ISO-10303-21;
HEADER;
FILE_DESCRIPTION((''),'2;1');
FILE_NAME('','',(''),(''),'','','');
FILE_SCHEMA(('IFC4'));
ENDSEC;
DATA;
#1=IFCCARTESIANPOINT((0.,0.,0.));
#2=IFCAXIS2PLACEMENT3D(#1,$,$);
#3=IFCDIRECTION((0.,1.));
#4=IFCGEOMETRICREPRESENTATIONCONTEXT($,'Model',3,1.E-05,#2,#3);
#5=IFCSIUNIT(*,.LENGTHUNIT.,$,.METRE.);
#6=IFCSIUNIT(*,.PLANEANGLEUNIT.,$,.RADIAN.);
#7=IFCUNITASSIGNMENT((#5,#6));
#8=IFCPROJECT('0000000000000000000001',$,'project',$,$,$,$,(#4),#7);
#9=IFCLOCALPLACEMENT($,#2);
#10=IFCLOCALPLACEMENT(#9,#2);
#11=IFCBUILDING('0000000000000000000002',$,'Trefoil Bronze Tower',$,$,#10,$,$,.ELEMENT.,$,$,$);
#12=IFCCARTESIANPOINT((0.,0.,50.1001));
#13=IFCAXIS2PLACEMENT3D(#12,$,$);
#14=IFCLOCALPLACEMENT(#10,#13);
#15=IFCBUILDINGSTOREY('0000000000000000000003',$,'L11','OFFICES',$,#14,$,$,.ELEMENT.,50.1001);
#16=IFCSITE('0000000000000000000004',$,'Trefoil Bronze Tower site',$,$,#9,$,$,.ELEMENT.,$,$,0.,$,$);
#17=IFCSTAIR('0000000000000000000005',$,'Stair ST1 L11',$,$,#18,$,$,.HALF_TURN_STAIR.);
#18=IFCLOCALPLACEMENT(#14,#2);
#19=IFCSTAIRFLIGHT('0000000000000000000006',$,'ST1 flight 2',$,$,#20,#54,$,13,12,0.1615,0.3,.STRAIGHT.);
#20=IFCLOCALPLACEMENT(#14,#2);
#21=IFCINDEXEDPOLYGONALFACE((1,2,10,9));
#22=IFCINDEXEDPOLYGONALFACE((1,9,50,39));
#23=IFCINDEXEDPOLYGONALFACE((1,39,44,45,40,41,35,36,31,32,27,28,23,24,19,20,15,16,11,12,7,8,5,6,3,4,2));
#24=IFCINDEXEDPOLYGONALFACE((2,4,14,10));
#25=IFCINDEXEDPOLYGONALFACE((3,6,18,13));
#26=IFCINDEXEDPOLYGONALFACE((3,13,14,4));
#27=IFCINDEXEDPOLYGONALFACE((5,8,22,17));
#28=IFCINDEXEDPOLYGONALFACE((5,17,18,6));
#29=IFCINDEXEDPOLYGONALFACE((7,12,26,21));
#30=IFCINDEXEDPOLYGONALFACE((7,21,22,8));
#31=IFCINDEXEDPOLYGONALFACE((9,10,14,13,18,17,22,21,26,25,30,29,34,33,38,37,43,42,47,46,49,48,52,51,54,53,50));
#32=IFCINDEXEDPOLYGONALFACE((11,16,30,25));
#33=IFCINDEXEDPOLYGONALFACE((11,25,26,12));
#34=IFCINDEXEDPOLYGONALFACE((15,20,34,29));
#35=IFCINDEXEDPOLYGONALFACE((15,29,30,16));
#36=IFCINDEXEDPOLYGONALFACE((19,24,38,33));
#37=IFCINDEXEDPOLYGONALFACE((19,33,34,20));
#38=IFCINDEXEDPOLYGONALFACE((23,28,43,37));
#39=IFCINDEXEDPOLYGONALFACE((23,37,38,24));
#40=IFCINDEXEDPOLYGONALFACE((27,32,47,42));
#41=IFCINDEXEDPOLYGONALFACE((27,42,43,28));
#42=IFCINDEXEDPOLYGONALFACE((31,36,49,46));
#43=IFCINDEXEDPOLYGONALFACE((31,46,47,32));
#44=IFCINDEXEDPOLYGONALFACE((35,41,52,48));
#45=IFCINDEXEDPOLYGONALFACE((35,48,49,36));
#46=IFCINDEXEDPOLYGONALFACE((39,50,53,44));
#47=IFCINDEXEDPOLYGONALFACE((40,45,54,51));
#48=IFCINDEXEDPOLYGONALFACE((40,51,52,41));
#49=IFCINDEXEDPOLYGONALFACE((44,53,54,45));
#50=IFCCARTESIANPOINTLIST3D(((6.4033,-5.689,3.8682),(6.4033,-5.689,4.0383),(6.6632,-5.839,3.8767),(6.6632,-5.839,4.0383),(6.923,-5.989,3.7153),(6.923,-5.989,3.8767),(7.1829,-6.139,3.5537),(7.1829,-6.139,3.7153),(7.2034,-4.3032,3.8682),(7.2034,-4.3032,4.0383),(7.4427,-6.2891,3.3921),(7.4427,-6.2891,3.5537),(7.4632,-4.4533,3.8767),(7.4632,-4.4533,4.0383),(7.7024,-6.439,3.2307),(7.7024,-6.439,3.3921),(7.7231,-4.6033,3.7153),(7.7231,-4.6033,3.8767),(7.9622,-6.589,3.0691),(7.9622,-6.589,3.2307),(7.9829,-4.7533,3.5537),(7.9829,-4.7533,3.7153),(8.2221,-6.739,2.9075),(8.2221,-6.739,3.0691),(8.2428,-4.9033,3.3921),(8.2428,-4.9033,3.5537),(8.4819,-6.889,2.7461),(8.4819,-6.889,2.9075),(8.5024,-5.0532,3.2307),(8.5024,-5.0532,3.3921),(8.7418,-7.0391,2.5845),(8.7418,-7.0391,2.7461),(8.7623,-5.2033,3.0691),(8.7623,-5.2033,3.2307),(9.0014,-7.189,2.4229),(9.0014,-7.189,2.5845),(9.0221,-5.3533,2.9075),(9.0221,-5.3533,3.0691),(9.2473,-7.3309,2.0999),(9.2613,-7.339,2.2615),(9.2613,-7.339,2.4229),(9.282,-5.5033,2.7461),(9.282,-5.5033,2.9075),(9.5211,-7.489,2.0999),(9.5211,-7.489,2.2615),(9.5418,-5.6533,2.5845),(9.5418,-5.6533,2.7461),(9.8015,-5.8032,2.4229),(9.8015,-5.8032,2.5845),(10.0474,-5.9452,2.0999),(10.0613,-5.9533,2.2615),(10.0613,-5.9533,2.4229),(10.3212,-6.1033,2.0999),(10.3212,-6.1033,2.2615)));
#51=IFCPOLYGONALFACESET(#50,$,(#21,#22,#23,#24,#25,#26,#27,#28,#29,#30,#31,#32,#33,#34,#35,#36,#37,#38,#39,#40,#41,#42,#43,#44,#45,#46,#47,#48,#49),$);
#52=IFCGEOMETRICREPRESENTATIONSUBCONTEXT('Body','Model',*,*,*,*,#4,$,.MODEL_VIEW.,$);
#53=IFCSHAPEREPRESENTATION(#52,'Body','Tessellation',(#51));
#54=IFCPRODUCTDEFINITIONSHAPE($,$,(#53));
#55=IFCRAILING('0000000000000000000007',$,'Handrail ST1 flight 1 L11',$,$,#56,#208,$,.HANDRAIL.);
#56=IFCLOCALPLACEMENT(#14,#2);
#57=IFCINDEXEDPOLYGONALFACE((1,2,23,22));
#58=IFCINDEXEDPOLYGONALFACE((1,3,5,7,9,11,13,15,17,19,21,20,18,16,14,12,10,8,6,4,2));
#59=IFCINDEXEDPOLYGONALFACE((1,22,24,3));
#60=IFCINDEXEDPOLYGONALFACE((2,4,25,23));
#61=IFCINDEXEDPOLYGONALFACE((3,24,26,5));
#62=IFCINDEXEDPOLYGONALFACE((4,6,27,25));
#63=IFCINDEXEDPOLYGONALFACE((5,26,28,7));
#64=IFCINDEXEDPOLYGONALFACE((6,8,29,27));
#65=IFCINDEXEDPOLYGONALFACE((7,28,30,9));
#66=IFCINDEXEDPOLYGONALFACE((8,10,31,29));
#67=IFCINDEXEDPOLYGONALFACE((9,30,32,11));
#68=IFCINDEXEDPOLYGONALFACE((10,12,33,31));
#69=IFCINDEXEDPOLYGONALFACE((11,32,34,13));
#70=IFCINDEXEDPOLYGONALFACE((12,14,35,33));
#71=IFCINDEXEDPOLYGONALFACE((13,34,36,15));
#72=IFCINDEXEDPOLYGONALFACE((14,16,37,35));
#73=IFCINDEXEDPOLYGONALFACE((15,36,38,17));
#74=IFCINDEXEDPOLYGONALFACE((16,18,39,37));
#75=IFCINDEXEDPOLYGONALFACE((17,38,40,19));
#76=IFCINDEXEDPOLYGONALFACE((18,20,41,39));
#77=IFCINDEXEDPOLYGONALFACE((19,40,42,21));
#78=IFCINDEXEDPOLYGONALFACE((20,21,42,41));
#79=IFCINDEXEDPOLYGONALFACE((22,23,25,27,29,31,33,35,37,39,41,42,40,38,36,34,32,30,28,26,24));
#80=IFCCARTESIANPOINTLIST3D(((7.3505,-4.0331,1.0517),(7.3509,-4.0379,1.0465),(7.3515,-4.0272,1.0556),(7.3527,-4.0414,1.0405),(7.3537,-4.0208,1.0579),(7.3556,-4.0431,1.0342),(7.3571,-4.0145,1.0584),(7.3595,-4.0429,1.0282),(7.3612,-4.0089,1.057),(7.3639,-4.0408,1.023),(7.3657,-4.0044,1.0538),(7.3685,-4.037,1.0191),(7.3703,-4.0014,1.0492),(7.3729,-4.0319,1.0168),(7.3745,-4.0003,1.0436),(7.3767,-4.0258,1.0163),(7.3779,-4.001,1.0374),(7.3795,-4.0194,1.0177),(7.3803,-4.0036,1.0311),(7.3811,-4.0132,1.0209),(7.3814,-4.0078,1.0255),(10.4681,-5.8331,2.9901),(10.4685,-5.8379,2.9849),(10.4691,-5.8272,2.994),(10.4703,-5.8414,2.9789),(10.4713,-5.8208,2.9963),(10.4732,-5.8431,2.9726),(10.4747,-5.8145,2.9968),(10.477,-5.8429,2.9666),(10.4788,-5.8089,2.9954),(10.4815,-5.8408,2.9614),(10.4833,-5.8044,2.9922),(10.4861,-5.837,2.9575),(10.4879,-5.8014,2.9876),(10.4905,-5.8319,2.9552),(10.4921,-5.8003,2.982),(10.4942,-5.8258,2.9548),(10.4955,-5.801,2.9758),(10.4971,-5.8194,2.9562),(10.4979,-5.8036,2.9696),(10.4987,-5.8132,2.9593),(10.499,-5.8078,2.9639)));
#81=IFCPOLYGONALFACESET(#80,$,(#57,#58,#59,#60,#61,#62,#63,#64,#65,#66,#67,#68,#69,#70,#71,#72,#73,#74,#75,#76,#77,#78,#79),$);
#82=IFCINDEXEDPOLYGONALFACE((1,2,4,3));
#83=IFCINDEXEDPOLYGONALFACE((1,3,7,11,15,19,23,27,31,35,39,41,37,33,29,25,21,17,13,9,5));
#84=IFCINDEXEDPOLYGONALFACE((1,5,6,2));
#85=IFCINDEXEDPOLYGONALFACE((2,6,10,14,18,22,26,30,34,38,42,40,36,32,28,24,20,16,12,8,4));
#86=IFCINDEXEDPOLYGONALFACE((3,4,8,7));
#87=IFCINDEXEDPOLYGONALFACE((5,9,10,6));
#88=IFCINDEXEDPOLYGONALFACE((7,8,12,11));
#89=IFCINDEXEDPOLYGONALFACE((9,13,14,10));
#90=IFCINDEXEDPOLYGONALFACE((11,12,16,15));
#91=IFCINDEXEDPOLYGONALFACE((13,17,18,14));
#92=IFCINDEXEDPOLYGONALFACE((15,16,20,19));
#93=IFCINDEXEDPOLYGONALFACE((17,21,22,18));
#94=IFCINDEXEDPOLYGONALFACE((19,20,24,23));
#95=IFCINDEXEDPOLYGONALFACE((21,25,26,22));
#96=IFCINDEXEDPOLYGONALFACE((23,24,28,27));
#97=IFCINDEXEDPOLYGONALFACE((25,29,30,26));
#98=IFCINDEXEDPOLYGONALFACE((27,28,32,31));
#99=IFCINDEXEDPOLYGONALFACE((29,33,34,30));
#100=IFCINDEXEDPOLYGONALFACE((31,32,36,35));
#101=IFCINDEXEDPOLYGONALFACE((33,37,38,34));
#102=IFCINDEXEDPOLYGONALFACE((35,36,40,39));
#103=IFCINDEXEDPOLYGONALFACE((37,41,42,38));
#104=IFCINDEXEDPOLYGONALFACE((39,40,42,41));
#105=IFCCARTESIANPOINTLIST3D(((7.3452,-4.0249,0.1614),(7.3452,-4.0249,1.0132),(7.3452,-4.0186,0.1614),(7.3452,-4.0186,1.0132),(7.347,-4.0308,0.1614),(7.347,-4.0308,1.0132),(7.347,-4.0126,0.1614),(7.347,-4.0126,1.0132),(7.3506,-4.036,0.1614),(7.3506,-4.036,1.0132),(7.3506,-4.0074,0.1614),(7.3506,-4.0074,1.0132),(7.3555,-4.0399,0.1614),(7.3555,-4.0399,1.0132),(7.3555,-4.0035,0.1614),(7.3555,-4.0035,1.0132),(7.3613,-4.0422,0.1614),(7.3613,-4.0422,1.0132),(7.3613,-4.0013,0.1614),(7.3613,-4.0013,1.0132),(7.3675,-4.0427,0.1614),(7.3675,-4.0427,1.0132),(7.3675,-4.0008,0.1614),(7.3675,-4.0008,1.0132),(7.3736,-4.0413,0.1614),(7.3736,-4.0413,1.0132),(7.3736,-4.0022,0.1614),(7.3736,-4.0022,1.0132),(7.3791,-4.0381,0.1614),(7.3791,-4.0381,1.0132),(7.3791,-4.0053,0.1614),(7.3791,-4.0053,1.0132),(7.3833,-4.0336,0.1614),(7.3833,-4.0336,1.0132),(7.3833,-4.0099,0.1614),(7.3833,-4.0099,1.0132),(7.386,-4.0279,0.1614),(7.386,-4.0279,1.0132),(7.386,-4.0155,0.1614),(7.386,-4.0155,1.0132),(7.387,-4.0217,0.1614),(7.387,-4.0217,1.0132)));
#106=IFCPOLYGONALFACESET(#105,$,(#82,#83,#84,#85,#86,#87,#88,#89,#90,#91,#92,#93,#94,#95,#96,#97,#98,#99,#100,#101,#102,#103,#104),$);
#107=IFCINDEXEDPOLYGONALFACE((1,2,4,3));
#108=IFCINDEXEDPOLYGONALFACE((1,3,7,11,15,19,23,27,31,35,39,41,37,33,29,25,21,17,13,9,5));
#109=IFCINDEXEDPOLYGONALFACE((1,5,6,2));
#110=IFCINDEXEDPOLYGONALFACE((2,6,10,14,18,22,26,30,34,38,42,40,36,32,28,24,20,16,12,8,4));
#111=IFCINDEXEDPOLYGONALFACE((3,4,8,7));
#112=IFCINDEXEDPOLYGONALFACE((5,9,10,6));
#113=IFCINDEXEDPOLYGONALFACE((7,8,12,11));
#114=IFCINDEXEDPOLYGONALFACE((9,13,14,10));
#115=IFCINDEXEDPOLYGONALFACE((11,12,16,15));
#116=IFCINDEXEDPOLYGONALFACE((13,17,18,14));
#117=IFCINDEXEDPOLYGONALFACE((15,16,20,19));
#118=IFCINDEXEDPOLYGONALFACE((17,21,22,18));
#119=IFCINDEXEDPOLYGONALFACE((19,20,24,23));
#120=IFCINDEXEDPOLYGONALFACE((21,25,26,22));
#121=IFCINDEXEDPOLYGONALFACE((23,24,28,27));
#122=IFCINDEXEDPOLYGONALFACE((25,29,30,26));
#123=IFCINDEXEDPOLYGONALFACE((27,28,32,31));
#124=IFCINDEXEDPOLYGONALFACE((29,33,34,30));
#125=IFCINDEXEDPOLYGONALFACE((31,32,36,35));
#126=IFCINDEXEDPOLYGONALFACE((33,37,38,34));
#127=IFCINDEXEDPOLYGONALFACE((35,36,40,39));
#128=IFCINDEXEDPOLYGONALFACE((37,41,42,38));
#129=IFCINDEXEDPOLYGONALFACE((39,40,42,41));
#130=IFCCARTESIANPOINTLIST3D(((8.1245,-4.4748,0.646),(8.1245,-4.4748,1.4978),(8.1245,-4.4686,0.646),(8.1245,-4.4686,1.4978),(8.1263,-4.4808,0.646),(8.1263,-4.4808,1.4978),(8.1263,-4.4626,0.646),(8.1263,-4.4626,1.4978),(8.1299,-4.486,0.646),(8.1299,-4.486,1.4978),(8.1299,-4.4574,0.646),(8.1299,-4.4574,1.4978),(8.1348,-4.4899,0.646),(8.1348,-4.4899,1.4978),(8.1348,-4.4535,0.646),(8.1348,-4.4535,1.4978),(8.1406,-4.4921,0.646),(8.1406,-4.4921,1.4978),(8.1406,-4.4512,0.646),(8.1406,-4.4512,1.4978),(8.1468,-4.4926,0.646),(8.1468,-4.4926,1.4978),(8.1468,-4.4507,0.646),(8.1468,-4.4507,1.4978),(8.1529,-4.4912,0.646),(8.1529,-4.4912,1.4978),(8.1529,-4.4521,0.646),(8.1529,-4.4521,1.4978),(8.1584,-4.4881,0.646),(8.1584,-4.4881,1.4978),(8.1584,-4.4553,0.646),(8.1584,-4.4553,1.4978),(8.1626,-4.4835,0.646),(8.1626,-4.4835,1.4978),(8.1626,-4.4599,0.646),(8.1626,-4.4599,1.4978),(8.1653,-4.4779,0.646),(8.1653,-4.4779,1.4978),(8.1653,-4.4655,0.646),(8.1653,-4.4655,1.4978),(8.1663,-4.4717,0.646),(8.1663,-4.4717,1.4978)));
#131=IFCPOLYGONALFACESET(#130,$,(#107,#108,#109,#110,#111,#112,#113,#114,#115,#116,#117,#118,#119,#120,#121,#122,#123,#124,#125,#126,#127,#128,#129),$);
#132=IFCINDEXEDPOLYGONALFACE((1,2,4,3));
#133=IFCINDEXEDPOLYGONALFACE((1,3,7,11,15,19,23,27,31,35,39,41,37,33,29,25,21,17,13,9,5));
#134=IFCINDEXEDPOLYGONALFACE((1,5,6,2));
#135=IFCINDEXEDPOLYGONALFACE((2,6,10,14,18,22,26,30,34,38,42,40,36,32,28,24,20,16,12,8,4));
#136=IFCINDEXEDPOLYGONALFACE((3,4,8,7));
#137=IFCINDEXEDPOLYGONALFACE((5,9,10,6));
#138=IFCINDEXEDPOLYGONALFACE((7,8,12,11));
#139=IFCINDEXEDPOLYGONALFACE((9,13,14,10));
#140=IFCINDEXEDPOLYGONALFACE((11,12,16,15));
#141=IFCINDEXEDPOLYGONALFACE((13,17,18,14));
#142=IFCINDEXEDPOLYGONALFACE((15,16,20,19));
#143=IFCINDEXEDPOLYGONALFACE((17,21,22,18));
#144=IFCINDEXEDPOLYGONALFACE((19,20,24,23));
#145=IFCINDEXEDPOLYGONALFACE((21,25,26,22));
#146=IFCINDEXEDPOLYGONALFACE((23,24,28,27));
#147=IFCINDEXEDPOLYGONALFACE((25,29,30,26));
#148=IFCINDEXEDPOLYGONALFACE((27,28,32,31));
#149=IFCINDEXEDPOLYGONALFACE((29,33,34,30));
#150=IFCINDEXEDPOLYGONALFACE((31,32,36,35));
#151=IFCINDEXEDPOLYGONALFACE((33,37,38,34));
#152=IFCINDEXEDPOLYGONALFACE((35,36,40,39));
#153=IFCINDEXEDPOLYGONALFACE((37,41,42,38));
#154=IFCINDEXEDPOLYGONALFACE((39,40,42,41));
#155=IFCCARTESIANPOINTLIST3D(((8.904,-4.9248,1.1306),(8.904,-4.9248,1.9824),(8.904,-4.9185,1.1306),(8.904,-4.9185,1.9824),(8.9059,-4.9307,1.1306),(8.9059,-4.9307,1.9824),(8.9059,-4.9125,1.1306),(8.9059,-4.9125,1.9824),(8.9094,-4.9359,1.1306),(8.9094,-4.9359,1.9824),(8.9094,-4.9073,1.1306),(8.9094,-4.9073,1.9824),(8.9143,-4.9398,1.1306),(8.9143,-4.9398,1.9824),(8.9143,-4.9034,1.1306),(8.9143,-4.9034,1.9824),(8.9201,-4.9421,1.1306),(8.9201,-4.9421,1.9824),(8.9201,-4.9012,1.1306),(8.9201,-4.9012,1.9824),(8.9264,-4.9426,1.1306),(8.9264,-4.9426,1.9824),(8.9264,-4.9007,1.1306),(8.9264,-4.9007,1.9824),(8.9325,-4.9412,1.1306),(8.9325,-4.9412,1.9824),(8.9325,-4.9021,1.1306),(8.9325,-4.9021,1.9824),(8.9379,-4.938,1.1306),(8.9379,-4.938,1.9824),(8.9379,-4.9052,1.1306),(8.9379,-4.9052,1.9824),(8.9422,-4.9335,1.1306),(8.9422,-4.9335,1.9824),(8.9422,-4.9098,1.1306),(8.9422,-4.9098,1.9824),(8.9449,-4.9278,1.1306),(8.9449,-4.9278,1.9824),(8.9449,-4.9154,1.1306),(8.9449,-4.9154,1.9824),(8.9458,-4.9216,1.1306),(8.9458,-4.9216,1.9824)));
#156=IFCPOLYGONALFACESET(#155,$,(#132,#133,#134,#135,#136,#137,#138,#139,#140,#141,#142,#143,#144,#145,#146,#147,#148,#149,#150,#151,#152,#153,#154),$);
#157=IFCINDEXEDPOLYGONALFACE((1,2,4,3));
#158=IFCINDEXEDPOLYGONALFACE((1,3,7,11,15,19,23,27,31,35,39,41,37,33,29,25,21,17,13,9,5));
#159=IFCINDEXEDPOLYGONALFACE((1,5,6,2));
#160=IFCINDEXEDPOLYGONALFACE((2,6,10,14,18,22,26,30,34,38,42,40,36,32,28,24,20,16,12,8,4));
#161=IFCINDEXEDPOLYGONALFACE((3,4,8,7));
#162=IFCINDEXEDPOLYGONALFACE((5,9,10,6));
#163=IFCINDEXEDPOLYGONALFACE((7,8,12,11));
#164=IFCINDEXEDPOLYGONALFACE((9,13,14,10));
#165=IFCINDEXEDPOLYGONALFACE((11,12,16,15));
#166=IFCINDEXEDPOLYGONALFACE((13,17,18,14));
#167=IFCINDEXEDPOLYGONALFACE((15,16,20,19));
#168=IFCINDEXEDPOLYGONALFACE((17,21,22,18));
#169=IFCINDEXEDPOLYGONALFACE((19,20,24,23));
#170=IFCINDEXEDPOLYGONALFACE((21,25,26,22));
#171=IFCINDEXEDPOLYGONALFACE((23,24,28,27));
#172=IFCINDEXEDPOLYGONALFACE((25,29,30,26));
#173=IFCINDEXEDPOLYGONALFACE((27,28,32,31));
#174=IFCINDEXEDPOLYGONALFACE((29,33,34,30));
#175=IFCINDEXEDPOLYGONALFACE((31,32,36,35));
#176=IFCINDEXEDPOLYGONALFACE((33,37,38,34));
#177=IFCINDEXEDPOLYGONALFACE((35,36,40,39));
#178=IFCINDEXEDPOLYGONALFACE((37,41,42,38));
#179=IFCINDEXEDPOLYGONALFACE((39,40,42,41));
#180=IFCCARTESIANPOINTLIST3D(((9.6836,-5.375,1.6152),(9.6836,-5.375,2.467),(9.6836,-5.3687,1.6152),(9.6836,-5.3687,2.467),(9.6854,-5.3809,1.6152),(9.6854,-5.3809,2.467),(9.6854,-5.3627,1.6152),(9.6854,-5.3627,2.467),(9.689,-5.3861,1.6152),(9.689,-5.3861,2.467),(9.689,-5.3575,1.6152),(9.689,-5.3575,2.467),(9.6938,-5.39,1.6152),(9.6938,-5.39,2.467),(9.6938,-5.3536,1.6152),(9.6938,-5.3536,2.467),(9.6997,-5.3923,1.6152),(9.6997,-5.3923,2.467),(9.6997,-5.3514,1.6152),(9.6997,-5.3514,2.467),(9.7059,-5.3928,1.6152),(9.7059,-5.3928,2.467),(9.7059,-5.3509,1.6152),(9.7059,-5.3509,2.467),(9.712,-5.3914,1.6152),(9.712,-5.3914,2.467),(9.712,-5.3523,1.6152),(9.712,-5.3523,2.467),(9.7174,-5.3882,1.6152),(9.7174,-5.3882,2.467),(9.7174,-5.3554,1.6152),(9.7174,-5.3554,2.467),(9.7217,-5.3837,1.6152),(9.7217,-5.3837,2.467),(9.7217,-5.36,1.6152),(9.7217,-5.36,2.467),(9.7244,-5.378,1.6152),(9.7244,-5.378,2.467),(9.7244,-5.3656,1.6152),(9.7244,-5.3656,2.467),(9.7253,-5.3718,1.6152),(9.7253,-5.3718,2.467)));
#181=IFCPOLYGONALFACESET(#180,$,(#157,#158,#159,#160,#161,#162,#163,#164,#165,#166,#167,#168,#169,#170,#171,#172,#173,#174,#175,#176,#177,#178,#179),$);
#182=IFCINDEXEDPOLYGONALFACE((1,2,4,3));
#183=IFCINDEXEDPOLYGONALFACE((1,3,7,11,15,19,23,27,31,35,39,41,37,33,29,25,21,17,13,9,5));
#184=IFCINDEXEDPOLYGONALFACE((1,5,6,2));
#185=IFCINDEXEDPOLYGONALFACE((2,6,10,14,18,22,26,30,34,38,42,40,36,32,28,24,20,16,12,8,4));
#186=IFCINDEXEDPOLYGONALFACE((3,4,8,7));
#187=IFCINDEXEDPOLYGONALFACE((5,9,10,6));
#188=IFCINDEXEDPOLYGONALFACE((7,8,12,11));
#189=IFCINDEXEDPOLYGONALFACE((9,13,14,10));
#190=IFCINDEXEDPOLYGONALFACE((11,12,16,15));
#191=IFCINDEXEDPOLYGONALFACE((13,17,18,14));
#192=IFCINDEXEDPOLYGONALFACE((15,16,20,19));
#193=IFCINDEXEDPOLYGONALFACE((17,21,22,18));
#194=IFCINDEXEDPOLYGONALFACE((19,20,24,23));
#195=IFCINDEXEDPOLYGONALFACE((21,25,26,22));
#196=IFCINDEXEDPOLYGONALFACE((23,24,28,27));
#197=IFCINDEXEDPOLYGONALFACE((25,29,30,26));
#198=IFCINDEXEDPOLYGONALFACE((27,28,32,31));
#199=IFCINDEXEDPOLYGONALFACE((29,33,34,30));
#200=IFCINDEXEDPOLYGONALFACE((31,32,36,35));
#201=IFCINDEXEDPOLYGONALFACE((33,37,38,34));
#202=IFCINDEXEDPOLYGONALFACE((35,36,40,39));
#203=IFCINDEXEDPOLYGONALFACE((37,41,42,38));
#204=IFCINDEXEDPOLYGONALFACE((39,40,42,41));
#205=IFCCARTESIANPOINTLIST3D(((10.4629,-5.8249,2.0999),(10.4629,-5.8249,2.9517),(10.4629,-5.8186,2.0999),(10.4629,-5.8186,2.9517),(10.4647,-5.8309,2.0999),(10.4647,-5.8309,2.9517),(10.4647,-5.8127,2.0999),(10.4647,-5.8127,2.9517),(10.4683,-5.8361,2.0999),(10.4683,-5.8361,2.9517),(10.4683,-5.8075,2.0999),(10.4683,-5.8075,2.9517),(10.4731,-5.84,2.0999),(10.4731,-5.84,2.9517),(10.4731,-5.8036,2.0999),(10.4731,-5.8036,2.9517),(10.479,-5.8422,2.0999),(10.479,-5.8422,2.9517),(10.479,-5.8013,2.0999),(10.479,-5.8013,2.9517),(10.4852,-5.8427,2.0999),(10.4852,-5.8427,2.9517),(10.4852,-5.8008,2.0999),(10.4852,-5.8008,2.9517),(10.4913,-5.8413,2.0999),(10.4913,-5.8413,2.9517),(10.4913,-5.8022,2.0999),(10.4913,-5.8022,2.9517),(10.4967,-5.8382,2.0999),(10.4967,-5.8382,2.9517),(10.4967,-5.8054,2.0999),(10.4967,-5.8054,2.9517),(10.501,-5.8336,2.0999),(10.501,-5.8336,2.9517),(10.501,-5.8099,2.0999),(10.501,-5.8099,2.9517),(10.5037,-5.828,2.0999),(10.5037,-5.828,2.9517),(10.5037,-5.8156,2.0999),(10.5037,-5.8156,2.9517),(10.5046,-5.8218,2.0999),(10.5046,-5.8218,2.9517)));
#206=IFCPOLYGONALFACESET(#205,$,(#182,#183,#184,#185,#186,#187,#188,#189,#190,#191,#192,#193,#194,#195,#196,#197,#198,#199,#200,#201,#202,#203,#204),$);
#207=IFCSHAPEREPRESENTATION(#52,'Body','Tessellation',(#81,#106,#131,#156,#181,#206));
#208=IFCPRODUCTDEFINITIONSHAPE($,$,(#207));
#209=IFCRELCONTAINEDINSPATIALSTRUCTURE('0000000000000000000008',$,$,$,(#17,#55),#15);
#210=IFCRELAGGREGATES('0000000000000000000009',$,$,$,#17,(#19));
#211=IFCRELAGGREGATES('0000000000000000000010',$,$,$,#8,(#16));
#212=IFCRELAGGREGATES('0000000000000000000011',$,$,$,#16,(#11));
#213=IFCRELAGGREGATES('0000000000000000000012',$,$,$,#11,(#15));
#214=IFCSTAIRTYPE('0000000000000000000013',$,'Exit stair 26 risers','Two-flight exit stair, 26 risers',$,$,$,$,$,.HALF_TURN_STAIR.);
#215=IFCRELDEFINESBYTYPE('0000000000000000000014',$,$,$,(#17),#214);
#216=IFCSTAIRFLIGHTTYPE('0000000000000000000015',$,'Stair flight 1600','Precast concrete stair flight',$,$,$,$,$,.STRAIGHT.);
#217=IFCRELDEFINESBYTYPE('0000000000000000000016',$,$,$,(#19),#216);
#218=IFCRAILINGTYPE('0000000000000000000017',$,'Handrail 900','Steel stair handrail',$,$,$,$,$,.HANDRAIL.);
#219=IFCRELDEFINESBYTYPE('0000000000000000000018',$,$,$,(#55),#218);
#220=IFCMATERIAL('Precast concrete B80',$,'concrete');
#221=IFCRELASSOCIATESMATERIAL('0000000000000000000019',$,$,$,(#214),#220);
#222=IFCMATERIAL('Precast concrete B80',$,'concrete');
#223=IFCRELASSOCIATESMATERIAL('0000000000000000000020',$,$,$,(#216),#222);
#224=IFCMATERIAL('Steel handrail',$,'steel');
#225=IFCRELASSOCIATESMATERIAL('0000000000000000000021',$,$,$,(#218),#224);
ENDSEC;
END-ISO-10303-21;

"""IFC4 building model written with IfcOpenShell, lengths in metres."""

from ifc_helpers import new_model, si_unit, direction, frame, origin, origin_2d, place, context, subcontext, project, spatial, polyline, circle, outline, extrude, material, type_object, element, aggregate, save


model = new_model("IFC4")

# Units and contexts
model_context = context("Model", 3, precision=1e-05, world=origin(), true_north=direction((0.0, 1.0)))
body_context = subcontext(model_context, "Body", "Model", "MODEL_VIEW")
ifc_project = project(units=[si_unit("LENGTHUNIT", "METRE"), si_unit("PLANEANGLEUNIT", "RADIAN")], contexts=[model_context])

# Site, building, storey
site_placement = place(None, origin())
site = spatial("IfcSite", under=ifc_project, at=site_placement, Name="Trefoil Bronze Tower site", CompositionType="ELEMENT", RefElevation=0.0)
building_placement = place(site_placement, origin())
building = spatial("IfcBuilding", under=site, at=building_placement, Name="Trefoil Bronze Tower", CompositionType="ELEMENT")
storey_placement = place(building_placement, frame((0.0, 0.0, 50.1001)))
storey = spatial("IfcBuildingStorey", under=building, at=storey_placement, Name="L11", Description="OFFICES", CompositionType="ELEMENT", Elevation=50.1001)

# Stair, stair flight
ifc_material_1 = material(Name="Precast concrete B80", Category="concrete")
stair_type = type_object("IfcStairType", Name="Exit stair 26 risers", Description="Two-flight exit stair, 26 risers", PredefinedType="HALF_TURN_STAIR", material=ifc_material_1)
stair_placement = place(storey_placement, origin())
stair = element("IfcStair", 1, at=stair_placement, inside=storey, type_object=stair_type, Name="Stair ST1 L11", PredefinedType="HALF_TURN_STAIR")
ifc_material_2 = material(Name="Precast concrete B80", Category="concrete")
stair_flight_type = type_object("IfcStairFlightType", Name="Stair flight 1600", Description="Precast concrete stair flight", PredefinedType="STRAIGHT", material=ifc_material_2)
stair_flight_1_placement = place(storey_placement, frame((9.9211, -6.7961, 2.0999), z_axis=(0.0, 0.0, 1.0), x_axis=(-0.866025, 0.5, 0.0)))
stair_flight_1 = element("IfcStairFlight", 2, at=stair_flight_1_placement, type_object=stair_flight_type, Name="ST1 flight 2", NumberOfRisers=13, NumberOfTreads=12, PredefinedType="STRAIGHT", RiserHeight=0.1615, TreadLength=0.3, context=body_context, shape_type="SweptSolid", body=[
    extrude(outline(polyline([(0.0, 0.0), (0.0, 0.1616), (0.3, 0.1616), (0.3, 0.323), (0.6001, 0.323), (0.6001, 0.4846), (0.8999, 0.4846), (0.8999, 0.6462), (1.2, 0.6462), (1.2, 0.8076), (1.5, 0.8076), (1.5, 0.9692), (1.8, 0.9692), (1.8, 1.1309), (2.1001, 1.1309), (2.1001, 1.2922), (2.3999, 1.2922), (2.3999, 1.4539), (2.7, 1.4539), (2.7, 1.6155), (3.0, 1.6155), (3.0, 1.7769), (3.3, 1.7769), (3.3, 1.9385), (3.6001, 1.9385), (3.6001, 2.1001), (3.6001, 1.7683), (0.3162, 0.0), (0.0, 0.0)])), frame((0.0, 0.8, 0.0), z_axis=(0.0, -1.0, 0.0), x_axis=(1.0, 0.0, 0.0)), (0.0, 0.0, 1.0), 1.6001),
])
aggregate(stair, [stair_flight_1])

# Railing
ifc_material_3 = material(Name="Steel handrail", Category="steel")
railing_type = type_object("IfcRailingType", Name="Handrail 900", Description="Steel stair handrail", PredefinedType="HANDRAIL", material=ifc_material_3)
railing_1_placement = place(storey_placement, frame((7.366, -4.0217, 0.1614)))
element("IfcRailing", 3, at=railing_1_placement, inside=storey, type_object=railing_type, Name="Handrail ST1 flight 1 L11", PredefinedType="HANDRAIL", context=body_context, shape_type="SweptSolid", body=[
    extrude(circle(Radius=0.0239, at=origin_2d()), frame((0.0, 0.0, 0.876), z_axis=(0.762503, -0.440246, 0.474102), x_axis=(0.500012, 0.866018, 0.0)), (0.0, 0.0, 1.0), 4.0886),
    extrude(circle(Radius=0.021, at=origin_2d()), origin(), (0.0, 0.0, 1.0), 0.8518),
    extrude(circle(Radius=0.021, at=origin_2d()), frame((0.7793, -0.45, 0.4846)), (0.0, 0.0, 1.0), 0.8518),
    extrude(circle(Radius=0.021, at=origin_2d()), frame((1.5588, -0.8999, 0.9692)), (0.0, 0.0, 1.0), 0.8518),
    extrude(circle(Radius=0.021, at=origin_2d()), frame((2.3384, -1.3501, 1.4539)), (0.0, 0.0, 1.0), 0.8518),
    extrude(circle(Radius=0.021, at=origin_2d()), frame((3.1177, -1.8, 1.9385)), (0.0, 0.0, 1.0), 0.8518),
])

save(model, "model.ifc")
